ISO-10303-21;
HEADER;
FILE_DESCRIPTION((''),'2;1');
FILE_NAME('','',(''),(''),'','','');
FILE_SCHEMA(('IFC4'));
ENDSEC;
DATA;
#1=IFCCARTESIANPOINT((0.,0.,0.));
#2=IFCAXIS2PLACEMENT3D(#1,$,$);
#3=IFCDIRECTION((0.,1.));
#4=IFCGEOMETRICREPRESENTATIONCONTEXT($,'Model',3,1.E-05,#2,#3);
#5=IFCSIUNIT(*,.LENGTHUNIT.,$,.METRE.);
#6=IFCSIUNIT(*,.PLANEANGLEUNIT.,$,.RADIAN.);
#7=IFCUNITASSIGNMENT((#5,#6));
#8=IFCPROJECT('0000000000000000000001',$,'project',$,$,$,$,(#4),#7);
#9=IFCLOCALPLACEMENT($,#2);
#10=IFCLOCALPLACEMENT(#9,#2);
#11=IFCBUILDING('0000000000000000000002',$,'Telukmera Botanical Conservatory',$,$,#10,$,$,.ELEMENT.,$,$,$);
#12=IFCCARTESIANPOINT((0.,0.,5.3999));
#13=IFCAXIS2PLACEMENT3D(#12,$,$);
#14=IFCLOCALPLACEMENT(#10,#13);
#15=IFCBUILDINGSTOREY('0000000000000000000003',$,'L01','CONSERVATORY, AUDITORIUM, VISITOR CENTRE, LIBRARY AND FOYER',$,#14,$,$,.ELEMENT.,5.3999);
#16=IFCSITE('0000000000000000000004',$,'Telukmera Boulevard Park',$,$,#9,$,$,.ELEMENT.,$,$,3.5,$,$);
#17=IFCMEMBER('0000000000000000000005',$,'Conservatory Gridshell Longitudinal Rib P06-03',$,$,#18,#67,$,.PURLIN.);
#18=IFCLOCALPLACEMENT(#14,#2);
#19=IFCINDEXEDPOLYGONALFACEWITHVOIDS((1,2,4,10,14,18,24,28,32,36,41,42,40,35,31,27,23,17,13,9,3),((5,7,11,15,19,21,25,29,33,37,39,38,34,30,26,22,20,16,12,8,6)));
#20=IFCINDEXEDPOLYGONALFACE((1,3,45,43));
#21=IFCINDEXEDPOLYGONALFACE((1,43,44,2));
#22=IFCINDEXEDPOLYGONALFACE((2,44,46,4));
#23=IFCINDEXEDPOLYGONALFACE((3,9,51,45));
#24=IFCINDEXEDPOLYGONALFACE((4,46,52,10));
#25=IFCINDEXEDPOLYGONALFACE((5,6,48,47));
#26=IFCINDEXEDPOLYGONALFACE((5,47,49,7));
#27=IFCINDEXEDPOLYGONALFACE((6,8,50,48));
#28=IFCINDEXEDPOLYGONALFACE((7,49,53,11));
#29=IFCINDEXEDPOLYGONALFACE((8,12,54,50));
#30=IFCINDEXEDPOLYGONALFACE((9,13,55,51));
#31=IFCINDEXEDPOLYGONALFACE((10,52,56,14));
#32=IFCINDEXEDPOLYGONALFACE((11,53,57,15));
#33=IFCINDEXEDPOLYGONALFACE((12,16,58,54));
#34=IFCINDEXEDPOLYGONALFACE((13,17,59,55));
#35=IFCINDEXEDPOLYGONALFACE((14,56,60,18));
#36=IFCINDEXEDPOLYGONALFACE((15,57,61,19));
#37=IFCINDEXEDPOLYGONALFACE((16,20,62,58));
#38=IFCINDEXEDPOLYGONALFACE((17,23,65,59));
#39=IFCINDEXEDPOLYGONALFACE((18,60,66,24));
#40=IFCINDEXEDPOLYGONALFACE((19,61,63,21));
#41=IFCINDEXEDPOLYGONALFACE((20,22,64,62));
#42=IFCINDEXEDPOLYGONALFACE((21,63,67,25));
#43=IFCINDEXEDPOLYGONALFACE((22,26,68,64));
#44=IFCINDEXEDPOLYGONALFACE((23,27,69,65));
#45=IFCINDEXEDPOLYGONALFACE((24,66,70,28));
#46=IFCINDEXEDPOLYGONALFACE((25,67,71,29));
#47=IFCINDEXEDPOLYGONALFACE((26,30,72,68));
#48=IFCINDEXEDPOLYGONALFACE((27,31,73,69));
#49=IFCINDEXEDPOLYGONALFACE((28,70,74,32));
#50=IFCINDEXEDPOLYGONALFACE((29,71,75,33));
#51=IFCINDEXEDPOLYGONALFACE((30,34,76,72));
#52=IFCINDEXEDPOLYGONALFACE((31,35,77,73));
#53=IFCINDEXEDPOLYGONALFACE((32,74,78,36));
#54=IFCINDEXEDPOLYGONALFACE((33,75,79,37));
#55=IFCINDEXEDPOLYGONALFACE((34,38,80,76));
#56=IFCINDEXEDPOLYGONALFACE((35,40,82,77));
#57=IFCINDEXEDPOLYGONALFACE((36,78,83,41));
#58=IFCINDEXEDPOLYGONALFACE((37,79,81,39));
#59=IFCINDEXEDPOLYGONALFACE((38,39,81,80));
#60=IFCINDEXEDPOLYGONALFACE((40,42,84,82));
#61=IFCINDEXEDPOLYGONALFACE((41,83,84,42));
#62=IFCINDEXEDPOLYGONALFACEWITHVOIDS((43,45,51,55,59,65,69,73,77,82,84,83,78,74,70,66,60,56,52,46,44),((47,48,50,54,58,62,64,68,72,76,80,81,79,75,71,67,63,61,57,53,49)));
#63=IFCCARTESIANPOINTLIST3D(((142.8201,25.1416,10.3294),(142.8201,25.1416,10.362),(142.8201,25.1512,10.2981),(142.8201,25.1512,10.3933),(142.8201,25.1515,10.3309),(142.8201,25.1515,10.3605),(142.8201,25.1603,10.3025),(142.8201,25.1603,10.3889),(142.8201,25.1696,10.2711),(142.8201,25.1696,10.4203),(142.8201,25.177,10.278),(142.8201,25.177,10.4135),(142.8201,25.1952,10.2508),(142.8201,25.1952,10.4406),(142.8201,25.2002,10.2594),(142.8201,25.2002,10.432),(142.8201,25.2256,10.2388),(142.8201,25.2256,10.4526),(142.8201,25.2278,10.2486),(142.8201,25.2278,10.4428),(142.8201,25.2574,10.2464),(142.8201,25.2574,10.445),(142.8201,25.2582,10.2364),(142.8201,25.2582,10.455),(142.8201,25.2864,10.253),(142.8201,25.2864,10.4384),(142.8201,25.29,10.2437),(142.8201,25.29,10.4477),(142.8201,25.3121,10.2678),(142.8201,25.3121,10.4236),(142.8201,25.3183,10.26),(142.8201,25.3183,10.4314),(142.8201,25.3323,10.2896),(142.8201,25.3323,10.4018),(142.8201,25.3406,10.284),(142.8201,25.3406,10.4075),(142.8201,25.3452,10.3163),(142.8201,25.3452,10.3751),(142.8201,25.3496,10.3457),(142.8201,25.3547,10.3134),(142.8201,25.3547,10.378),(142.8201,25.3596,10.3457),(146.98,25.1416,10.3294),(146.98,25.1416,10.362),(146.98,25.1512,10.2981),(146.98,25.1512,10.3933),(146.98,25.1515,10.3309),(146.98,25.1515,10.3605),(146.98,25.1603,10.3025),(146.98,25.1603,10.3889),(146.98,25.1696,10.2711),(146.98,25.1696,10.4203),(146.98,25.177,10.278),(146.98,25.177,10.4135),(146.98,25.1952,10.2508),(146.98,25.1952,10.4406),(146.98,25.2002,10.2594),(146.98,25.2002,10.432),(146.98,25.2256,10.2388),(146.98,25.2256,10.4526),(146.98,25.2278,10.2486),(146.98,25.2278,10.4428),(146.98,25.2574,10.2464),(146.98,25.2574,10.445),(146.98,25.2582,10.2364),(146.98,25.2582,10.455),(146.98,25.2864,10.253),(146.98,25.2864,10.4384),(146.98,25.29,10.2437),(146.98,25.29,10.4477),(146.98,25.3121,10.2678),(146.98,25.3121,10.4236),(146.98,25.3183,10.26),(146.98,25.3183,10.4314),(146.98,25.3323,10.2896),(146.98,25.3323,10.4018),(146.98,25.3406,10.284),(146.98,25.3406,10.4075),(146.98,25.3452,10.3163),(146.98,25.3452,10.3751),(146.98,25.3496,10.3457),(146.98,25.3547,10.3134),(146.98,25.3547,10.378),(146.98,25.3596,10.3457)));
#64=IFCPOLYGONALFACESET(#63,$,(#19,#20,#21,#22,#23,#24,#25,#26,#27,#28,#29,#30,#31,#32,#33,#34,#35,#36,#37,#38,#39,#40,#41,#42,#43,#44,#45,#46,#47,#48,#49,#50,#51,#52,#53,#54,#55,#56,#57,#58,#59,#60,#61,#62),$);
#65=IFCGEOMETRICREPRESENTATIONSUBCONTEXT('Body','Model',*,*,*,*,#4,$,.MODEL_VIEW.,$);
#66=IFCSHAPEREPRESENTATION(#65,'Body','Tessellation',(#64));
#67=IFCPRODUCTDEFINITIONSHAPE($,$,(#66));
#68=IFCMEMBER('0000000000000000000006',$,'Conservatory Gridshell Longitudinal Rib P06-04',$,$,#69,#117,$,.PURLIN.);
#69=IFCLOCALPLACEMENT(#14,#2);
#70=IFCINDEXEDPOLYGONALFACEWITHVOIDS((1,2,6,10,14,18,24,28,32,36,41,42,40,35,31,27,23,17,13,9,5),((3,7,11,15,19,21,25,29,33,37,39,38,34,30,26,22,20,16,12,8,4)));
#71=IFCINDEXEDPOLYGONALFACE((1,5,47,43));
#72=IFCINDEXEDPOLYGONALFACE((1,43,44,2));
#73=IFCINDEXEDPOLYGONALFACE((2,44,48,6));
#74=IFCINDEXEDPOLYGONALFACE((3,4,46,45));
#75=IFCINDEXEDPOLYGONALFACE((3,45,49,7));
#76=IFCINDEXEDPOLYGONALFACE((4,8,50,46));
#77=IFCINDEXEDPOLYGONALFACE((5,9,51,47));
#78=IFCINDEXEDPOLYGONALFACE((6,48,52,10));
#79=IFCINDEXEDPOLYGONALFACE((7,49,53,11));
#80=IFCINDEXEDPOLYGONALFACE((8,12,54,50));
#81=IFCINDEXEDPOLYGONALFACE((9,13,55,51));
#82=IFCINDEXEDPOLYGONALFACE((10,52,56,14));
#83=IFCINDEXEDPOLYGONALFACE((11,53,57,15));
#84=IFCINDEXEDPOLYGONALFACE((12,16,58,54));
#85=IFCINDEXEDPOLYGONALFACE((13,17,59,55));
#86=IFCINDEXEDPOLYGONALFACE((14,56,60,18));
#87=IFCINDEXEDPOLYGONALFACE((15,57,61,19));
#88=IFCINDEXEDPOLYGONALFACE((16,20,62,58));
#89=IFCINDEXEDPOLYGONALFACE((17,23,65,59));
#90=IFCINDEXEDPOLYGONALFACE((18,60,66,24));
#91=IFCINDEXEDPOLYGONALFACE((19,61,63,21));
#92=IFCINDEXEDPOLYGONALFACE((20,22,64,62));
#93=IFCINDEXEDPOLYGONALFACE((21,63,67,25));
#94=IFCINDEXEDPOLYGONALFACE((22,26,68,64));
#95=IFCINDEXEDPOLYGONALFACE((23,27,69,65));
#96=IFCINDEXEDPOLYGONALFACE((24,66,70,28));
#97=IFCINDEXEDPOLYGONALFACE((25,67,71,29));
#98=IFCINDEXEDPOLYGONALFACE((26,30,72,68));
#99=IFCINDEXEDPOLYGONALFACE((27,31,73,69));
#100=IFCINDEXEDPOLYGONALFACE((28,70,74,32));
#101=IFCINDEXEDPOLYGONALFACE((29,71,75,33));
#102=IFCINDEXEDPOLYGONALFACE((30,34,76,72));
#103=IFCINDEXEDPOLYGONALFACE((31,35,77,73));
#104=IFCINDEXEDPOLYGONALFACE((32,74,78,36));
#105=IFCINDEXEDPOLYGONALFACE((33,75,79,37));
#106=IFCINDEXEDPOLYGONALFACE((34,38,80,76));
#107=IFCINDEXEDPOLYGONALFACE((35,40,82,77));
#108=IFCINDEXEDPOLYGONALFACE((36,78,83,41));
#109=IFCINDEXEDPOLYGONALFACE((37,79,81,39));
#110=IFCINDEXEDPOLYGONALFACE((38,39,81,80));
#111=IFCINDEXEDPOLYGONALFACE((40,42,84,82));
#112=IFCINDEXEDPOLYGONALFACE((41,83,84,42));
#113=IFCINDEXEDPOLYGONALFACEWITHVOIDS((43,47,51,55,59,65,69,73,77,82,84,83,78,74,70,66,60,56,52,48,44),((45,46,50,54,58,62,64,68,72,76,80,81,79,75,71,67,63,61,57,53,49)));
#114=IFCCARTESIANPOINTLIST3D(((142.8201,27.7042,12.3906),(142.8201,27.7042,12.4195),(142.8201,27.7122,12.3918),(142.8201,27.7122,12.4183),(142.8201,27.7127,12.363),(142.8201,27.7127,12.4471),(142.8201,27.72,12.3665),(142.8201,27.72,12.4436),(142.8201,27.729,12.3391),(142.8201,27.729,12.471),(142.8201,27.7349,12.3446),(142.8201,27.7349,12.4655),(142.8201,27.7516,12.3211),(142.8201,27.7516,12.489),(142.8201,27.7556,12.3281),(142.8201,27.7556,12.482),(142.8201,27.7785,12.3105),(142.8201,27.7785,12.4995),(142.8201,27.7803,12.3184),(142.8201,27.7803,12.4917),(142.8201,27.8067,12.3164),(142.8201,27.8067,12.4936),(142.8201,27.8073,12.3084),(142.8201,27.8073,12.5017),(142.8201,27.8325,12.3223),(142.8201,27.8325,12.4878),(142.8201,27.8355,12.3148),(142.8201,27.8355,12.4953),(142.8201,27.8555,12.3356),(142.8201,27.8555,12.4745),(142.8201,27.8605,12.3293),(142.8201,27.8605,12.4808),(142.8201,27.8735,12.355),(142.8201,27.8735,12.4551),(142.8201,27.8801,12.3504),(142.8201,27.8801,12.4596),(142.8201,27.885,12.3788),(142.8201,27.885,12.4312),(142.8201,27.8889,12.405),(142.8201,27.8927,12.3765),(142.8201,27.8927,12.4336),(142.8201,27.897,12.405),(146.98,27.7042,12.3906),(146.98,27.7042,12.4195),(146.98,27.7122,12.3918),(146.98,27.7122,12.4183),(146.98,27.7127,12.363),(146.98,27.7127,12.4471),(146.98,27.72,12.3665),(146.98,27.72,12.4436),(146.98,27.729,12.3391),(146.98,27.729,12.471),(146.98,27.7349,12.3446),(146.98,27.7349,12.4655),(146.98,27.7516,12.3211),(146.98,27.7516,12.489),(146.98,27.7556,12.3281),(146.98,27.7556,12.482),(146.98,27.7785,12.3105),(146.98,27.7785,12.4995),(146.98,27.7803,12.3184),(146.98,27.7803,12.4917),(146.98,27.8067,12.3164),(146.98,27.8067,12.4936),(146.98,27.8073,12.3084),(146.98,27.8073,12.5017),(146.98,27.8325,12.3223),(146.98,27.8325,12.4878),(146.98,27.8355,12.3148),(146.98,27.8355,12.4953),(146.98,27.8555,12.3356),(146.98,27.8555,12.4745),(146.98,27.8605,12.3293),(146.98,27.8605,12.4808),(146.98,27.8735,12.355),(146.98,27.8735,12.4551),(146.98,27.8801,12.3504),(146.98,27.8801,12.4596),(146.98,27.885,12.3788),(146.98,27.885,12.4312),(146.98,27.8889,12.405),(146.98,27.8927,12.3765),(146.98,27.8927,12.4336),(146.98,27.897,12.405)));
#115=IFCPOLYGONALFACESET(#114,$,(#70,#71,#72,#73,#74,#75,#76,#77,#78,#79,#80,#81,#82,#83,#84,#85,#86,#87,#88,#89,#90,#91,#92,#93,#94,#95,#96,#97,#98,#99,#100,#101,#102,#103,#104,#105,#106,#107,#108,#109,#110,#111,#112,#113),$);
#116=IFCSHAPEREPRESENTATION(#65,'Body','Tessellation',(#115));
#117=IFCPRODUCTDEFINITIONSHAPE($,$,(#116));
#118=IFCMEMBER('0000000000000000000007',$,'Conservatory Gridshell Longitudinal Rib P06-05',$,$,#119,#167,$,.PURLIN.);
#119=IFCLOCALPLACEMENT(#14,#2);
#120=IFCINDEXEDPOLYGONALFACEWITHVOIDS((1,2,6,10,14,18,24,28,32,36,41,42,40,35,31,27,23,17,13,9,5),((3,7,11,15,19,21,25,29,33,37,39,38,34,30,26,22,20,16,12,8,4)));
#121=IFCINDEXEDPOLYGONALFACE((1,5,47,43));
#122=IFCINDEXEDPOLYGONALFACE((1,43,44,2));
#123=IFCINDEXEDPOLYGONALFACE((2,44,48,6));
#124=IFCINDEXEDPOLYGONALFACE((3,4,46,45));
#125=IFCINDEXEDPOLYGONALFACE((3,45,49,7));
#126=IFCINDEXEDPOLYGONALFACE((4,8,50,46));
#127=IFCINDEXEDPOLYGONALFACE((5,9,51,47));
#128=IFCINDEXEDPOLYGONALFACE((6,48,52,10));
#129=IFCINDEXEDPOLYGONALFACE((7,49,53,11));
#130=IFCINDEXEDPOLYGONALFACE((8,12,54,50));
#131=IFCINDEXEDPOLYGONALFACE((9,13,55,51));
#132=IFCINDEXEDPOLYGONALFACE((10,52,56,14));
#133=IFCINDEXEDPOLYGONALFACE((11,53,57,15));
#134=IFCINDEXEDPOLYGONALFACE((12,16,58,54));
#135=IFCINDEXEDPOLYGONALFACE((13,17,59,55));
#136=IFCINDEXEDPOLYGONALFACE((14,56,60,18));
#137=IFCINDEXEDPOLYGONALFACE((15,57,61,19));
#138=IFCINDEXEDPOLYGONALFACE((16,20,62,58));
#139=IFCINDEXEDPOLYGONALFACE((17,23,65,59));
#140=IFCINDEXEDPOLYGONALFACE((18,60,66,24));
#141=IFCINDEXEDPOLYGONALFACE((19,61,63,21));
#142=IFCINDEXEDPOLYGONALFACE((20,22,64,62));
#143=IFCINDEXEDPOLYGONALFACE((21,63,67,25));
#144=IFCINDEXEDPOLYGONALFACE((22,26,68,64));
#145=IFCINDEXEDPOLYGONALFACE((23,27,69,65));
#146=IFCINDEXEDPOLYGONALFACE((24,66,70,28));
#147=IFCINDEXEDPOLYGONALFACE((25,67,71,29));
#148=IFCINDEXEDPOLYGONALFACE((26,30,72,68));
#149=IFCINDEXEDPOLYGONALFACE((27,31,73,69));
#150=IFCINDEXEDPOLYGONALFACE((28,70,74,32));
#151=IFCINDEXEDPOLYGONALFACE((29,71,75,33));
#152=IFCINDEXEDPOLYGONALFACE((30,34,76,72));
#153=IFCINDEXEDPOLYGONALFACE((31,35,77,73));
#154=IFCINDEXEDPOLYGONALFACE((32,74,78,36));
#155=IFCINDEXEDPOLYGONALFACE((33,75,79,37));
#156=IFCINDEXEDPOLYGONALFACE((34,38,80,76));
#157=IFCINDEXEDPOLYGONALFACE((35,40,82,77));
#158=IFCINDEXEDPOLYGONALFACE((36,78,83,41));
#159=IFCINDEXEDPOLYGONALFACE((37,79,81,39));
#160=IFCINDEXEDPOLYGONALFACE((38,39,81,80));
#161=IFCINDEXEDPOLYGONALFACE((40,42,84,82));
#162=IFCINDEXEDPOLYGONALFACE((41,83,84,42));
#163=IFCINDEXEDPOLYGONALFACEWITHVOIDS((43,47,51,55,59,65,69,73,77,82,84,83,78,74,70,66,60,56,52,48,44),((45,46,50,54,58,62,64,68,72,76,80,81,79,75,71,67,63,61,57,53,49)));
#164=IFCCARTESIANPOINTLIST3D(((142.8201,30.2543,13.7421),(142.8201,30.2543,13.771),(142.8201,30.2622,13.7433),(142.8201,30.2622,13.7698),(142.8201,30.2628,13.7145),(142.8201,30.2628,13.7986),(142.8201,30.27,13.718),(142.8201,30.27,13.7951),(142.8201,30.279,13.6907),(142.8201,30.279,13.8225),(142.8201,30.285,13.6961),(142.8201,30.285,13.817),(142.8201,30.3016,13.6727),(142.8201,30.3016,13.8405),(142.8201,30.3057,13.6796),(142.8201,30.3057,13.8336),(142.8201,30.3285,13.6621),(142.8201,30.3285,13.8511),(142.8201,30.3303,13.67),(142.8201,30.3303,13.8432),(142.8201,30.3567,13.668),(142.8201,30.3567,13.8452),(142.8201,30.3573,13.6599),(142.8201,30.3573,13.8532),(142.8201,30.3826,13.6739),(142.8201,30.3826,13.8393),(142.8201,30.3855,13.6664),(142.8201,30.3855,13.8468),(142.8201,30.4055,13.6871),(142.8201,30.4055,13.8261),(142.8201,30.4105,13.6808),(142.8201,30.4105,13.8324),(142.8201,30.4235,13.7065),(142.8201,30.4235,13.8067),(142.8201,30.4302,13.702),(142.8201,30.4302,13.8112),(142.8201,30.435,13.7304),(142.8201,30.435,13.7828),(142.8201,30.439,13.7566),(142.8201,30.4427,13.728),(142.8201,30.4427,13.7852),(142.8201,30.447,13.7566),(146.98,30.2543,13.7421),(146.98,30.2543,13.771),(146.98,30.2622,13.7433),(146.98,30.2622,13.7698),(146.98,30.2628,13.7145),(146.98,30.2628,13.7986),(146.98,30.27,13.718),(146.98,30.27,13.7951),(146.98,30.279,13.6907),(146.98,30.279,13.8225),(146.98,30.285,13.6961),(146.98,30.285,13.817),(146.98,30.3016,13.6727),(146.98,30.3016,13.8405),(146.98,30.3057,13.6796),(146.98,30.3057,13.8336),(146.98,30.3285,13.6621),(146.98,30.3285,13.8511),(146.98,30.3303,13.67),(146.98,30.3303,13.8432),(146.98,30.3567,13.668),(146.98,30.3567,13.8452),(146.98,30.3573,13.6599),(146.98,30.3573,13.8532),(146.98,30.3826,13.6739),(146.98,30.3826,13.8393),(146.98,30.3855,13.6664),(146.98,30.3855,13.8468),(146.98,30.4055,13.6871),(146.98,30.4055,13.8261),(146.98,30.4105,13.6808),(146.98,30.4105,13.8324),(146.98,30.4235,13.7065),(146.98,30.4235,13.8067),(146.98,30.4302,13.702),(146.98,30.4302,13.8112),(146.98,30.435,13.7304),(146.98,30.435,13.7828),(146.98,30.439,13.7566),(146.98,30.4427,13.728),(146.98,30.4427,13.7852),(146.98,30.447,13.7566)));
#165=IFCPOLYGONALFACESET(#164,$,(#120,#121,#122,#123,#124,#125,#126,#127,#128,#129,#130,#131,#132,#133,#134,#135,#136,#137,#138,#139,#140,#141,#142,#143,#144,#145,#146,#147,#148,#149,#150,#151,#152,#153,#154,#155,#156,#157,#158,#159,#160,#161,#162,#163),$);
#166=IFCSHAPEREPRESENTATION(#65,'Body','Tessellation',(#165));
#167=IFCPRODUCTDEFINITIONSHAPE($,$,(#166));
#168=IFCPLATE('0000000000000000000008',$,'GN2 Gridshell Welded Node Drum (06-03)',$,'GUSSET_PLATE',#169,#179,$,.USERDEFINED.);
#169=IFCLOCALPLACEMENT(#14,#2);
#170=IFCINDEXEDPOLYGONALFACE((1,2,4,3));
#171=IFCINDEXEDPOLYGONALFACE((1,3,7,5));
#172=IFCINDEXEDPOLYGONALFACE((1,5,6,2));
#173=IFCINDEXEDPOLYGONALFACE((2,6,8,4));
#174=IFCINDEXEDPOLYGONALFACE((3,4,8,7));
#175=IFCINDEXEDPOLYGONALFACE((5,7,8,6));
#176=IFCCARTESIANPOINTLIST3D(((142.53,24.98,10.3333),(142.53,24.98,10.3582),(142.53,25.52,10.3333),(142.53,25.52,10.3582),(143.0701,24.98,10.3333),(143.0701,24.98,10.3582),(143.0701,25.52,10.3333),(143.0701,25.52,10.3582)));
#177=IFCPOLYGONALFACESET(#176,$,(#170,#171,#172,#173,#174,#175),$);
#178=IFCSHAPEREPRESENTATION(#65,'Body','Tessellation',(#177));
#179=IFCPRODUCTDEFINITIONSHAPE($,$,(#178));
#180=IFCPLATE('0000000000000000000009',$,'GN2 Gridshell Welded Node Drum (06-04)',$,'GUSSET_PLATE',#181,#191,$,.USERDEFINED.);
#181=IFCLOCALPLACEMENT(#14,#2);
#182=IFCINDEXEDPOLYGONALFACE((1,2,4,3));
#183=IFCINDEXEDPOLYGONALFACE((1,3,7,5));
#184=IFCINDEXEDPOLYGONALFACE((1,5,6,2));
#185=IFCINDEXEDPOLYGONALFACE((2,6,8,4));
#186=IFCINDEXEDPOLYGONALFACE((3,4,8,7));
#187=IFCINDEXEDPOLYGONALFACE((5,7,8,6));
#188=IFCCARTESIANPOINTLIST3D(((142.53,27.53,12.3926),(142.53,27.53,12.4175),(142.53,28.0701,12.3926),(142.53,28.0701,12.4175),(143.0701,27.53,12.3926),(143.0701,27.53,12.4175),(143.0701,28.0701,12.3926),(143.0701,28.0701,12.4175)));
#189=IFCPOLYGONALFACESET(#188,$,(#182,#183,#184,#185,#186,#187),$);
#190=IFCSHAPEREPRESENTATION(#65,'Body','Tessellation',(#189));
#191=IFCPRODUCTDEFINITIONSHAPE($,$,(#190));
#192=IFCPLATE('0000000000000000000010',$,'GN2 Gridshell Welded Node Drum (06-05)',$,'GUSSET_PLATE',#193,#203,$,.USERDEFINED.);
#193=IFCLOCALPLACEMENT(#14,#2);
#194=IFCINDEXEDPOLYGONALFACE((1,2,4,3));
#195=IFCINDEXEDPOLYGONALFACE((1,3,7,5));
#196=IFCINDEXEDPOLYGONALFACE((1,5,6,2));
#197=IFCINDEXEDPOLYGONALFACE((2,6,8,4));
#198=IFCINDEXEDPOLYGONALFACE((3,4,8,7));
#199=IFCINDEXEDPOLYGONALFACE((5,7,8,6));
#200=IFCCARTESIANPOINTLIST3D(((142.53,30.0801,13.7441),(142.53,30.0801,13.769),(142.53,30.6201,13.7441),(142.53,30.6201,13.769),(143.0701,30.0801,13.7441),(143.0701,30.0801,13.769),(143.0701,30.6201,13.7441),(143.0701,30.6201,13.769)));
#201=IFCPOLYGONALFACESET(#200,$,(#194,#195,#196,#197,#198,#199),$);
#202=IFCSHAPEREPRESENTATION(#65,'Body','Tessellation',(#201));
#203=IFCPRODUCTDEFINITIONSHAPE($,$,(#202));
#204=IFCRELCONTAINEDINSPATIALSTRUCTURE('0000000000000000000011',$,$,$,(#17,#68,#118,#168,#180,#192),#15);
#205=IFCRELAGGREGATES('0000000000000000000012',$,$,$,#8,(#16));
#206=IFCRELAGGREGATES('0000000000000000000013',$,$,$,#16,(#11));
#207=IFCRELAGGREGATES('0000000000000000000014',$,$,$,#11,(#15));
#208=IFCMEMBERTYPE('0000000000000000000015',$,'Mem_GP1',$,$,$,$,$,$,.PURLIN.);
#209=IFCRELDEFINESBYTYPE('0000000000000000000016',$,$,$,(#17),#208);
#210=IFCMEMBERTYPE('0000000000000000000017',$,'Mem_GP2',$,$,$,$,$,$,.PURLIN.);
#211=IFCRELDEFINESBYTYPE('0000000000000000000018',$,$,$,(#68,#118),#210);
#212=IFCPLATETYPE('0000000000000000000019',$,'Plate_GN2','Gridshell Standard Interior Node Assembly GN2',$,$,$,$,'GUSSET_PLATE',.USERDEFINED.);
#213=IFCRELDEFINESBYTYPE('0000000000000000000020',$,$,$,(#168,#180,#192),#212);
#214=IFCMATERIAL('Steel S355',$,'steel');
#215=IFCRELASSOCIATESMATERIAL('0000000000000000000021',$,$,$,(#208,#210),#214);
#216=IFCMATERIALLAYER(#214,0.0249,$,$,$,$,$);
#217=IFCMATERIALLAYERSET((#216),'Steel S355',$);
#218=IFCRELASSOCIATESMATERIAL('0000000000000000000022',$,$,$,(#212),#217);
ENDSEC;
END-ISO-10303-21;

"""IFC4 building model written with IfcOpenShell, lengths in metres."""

from ifc_helpers import new_model, si_unit, direction, frame, origin, origin_2d, place, context, subcontext, project, spatial, rectangle, hollow_circle, extrude, material, layer, layer_set, material_profile, profile_set, type_object, element, save


model = new_model("IFC4")

# Units and contexts
model_context = context("Model", 3, precision=1e-05, world=origin(), true_north=direction((0.0, 1.0)))
body_context = subcontext(model_context, "Body", "Model", "MODEL_VIEW")
ifc_project = project(units=[si_unit("LENGTHUNIT", "METRE"), si_unit("PLANEANGLEUNIT", "RADIAN")], contexts=[model_context])

# Site, building, storey
site_placement = place(None, origin())
site = spatial("IfcSite", under=ifc_project, at=site_placement, Name="Telukmera Boulevard Park", CompositionType="ELEMENT", RefElevation=3.5)
building_placement = place(site_placement, origin())
building = spatial("IfcBuilding", under=site, at=building_placement, Name="Telukmera Botanical Conservatory", CompositionType="ELEMENT")
storey_placement = place(building_placement, frame((0.0, 0.0, 5.3999)))
storey = spatial("IfcBuildingStorey", under=building, at=storey_placement, Name="L01", Description="CONSERVATORY, AUDITORIUM, VISITOR CENTRE, LIBRARY AND FOYER", CompositionType="ELEMENT", Elevation=5.3999)

# Shared definitions
ifc_material = material(Name="Steel S355", Category="steel")

# Members
ifc_material_profile_1 = material_profile(ifc_material, hollow_circle(Radius=0.1096, WallThickness=0.01, at=origin_2d()), Name="CHS 219.1x10.0")
ifc_profile_set_1 = profile_set([ifc_material_profile_1], Name="Steel S355")
member_type_1 = type_object("IfcMemberType", Name="Mem_GP1", PredefinedType="PURLIN", material=ifc_profile_set_1)
member_1_placement = place(storey_placement, frame((142.8201, 25.25, 10.3457), z_axis=(1.0, 0.0, 0.0), x_axis=(0.0, 1.0, 0.0)))
element("IfcMember", 1, at=member_1_placement, inside=storey, type_object=member_type_1, Name="Conservatory Gridshell Longitudinal Rib P06-03", PredefinedType="PURLIN", context=body_context, shape_type="SweptSolid", body=[
    extrude(hollow_circle(Radius=0.1096, WallThickness=0.01, at=origin_2d()), origin(), (0.0, 0.0, 1.0), 4.1599),
])
ifc_material_profile_2 = material_profile(ifc_material, hollow_circle(Radius=0.0969, WallThickness=0.0081, at=origin_2d()), Name="CHS 193.7x8.0")
ifc_profile_set_2 = profile_set([ifc_material_profile_2], Name="Steel S355")
member_type_2 = type_object("IfcMemberType", Name="Mem_GP2", PredefinedType="PURLIN", material=ifc_profile_set_2)
for number, where, z_axis, x_axis, name in (
    (2, (142.8201, 27.8, 12.405), (1.0, 0.0, 0.0), (0.0, 1.0, 0.0), "Conservatory Gridshell Longitudinal Rib P06-04"),
    (3, (142.8201, 30.3501, 13.7566), (1.0, 0.0, 0.0), (0.0, 1.0, 0.0), "Conservatory Gridshell Longitudinal Rib P06-05"),
):
    element("IfcMember", number, at=place(storey_placement, frame(where, z_axis=z_axis, x_axis=x_axis)), inside=storey, type_object=member_type_2, Name=name, PredefinedType="PURLIN", context=body_context, shape_type="SweptSolid", body=[
        extrude(hollow_circle(Radius=0.0969, WallThickness=0.0081, at=origin_2d()), origin(), (0.0, 0.0, 1.0), 4.1599),
    ])

# Plates
ifc_layer = layer(ifc_material, 0.0249)
ifc_layer_set = layer_set([ifc_layer], Name="Steel S355")
plate_type = type_object("IfcPlateType", Name="Plate_GN2", Description="Gridshell Standard Interior Node Assembly GN2", ElementType="GUSSET_PLATE", PredefinedType="USERDEFINED", material=ifc_layer_set)
for number, where, z_axis, x_axis, name in (
    (4, (142.8, 25.25, 10.3333), (0.0, 0.0, 1.0), (1.0, 0.0, 0.0), "GN2 Gridshell Welded Node Drum (06-03)"),
    (5, (142.8, 27.8, 12.3926), (0.0, 0.0, 1.0), (1.0, 0.0, 0.0), "GN2 Gridshell Welded Node Drum (06-04)"),
    (6, (142.8, 30.3501, 13.7441), (0.0, 0.0, 1.0), (1.0, 0.0, 0.0), "GN2 Gridshell Welded Node Drum (06-05)"),
):
    element("IfcPlate", number, at=place(storey_placement, frame(where, z_axis=z_axis, x_axis=x_axis)), inside=storey, type_object=plate_type, Name=name, ObjectType="GUSSET_PLATE", PredefinedType="USERDEFINED", context=body_context, shape_type="SweptSolid", body=[
        extrude(rectangle(XDim=0.54, YDim=0.54, at=origin_2d()), origin(), (0.0, 0.0, 1.0), 0.0249),
    ])

save(model, "model.ifc")
